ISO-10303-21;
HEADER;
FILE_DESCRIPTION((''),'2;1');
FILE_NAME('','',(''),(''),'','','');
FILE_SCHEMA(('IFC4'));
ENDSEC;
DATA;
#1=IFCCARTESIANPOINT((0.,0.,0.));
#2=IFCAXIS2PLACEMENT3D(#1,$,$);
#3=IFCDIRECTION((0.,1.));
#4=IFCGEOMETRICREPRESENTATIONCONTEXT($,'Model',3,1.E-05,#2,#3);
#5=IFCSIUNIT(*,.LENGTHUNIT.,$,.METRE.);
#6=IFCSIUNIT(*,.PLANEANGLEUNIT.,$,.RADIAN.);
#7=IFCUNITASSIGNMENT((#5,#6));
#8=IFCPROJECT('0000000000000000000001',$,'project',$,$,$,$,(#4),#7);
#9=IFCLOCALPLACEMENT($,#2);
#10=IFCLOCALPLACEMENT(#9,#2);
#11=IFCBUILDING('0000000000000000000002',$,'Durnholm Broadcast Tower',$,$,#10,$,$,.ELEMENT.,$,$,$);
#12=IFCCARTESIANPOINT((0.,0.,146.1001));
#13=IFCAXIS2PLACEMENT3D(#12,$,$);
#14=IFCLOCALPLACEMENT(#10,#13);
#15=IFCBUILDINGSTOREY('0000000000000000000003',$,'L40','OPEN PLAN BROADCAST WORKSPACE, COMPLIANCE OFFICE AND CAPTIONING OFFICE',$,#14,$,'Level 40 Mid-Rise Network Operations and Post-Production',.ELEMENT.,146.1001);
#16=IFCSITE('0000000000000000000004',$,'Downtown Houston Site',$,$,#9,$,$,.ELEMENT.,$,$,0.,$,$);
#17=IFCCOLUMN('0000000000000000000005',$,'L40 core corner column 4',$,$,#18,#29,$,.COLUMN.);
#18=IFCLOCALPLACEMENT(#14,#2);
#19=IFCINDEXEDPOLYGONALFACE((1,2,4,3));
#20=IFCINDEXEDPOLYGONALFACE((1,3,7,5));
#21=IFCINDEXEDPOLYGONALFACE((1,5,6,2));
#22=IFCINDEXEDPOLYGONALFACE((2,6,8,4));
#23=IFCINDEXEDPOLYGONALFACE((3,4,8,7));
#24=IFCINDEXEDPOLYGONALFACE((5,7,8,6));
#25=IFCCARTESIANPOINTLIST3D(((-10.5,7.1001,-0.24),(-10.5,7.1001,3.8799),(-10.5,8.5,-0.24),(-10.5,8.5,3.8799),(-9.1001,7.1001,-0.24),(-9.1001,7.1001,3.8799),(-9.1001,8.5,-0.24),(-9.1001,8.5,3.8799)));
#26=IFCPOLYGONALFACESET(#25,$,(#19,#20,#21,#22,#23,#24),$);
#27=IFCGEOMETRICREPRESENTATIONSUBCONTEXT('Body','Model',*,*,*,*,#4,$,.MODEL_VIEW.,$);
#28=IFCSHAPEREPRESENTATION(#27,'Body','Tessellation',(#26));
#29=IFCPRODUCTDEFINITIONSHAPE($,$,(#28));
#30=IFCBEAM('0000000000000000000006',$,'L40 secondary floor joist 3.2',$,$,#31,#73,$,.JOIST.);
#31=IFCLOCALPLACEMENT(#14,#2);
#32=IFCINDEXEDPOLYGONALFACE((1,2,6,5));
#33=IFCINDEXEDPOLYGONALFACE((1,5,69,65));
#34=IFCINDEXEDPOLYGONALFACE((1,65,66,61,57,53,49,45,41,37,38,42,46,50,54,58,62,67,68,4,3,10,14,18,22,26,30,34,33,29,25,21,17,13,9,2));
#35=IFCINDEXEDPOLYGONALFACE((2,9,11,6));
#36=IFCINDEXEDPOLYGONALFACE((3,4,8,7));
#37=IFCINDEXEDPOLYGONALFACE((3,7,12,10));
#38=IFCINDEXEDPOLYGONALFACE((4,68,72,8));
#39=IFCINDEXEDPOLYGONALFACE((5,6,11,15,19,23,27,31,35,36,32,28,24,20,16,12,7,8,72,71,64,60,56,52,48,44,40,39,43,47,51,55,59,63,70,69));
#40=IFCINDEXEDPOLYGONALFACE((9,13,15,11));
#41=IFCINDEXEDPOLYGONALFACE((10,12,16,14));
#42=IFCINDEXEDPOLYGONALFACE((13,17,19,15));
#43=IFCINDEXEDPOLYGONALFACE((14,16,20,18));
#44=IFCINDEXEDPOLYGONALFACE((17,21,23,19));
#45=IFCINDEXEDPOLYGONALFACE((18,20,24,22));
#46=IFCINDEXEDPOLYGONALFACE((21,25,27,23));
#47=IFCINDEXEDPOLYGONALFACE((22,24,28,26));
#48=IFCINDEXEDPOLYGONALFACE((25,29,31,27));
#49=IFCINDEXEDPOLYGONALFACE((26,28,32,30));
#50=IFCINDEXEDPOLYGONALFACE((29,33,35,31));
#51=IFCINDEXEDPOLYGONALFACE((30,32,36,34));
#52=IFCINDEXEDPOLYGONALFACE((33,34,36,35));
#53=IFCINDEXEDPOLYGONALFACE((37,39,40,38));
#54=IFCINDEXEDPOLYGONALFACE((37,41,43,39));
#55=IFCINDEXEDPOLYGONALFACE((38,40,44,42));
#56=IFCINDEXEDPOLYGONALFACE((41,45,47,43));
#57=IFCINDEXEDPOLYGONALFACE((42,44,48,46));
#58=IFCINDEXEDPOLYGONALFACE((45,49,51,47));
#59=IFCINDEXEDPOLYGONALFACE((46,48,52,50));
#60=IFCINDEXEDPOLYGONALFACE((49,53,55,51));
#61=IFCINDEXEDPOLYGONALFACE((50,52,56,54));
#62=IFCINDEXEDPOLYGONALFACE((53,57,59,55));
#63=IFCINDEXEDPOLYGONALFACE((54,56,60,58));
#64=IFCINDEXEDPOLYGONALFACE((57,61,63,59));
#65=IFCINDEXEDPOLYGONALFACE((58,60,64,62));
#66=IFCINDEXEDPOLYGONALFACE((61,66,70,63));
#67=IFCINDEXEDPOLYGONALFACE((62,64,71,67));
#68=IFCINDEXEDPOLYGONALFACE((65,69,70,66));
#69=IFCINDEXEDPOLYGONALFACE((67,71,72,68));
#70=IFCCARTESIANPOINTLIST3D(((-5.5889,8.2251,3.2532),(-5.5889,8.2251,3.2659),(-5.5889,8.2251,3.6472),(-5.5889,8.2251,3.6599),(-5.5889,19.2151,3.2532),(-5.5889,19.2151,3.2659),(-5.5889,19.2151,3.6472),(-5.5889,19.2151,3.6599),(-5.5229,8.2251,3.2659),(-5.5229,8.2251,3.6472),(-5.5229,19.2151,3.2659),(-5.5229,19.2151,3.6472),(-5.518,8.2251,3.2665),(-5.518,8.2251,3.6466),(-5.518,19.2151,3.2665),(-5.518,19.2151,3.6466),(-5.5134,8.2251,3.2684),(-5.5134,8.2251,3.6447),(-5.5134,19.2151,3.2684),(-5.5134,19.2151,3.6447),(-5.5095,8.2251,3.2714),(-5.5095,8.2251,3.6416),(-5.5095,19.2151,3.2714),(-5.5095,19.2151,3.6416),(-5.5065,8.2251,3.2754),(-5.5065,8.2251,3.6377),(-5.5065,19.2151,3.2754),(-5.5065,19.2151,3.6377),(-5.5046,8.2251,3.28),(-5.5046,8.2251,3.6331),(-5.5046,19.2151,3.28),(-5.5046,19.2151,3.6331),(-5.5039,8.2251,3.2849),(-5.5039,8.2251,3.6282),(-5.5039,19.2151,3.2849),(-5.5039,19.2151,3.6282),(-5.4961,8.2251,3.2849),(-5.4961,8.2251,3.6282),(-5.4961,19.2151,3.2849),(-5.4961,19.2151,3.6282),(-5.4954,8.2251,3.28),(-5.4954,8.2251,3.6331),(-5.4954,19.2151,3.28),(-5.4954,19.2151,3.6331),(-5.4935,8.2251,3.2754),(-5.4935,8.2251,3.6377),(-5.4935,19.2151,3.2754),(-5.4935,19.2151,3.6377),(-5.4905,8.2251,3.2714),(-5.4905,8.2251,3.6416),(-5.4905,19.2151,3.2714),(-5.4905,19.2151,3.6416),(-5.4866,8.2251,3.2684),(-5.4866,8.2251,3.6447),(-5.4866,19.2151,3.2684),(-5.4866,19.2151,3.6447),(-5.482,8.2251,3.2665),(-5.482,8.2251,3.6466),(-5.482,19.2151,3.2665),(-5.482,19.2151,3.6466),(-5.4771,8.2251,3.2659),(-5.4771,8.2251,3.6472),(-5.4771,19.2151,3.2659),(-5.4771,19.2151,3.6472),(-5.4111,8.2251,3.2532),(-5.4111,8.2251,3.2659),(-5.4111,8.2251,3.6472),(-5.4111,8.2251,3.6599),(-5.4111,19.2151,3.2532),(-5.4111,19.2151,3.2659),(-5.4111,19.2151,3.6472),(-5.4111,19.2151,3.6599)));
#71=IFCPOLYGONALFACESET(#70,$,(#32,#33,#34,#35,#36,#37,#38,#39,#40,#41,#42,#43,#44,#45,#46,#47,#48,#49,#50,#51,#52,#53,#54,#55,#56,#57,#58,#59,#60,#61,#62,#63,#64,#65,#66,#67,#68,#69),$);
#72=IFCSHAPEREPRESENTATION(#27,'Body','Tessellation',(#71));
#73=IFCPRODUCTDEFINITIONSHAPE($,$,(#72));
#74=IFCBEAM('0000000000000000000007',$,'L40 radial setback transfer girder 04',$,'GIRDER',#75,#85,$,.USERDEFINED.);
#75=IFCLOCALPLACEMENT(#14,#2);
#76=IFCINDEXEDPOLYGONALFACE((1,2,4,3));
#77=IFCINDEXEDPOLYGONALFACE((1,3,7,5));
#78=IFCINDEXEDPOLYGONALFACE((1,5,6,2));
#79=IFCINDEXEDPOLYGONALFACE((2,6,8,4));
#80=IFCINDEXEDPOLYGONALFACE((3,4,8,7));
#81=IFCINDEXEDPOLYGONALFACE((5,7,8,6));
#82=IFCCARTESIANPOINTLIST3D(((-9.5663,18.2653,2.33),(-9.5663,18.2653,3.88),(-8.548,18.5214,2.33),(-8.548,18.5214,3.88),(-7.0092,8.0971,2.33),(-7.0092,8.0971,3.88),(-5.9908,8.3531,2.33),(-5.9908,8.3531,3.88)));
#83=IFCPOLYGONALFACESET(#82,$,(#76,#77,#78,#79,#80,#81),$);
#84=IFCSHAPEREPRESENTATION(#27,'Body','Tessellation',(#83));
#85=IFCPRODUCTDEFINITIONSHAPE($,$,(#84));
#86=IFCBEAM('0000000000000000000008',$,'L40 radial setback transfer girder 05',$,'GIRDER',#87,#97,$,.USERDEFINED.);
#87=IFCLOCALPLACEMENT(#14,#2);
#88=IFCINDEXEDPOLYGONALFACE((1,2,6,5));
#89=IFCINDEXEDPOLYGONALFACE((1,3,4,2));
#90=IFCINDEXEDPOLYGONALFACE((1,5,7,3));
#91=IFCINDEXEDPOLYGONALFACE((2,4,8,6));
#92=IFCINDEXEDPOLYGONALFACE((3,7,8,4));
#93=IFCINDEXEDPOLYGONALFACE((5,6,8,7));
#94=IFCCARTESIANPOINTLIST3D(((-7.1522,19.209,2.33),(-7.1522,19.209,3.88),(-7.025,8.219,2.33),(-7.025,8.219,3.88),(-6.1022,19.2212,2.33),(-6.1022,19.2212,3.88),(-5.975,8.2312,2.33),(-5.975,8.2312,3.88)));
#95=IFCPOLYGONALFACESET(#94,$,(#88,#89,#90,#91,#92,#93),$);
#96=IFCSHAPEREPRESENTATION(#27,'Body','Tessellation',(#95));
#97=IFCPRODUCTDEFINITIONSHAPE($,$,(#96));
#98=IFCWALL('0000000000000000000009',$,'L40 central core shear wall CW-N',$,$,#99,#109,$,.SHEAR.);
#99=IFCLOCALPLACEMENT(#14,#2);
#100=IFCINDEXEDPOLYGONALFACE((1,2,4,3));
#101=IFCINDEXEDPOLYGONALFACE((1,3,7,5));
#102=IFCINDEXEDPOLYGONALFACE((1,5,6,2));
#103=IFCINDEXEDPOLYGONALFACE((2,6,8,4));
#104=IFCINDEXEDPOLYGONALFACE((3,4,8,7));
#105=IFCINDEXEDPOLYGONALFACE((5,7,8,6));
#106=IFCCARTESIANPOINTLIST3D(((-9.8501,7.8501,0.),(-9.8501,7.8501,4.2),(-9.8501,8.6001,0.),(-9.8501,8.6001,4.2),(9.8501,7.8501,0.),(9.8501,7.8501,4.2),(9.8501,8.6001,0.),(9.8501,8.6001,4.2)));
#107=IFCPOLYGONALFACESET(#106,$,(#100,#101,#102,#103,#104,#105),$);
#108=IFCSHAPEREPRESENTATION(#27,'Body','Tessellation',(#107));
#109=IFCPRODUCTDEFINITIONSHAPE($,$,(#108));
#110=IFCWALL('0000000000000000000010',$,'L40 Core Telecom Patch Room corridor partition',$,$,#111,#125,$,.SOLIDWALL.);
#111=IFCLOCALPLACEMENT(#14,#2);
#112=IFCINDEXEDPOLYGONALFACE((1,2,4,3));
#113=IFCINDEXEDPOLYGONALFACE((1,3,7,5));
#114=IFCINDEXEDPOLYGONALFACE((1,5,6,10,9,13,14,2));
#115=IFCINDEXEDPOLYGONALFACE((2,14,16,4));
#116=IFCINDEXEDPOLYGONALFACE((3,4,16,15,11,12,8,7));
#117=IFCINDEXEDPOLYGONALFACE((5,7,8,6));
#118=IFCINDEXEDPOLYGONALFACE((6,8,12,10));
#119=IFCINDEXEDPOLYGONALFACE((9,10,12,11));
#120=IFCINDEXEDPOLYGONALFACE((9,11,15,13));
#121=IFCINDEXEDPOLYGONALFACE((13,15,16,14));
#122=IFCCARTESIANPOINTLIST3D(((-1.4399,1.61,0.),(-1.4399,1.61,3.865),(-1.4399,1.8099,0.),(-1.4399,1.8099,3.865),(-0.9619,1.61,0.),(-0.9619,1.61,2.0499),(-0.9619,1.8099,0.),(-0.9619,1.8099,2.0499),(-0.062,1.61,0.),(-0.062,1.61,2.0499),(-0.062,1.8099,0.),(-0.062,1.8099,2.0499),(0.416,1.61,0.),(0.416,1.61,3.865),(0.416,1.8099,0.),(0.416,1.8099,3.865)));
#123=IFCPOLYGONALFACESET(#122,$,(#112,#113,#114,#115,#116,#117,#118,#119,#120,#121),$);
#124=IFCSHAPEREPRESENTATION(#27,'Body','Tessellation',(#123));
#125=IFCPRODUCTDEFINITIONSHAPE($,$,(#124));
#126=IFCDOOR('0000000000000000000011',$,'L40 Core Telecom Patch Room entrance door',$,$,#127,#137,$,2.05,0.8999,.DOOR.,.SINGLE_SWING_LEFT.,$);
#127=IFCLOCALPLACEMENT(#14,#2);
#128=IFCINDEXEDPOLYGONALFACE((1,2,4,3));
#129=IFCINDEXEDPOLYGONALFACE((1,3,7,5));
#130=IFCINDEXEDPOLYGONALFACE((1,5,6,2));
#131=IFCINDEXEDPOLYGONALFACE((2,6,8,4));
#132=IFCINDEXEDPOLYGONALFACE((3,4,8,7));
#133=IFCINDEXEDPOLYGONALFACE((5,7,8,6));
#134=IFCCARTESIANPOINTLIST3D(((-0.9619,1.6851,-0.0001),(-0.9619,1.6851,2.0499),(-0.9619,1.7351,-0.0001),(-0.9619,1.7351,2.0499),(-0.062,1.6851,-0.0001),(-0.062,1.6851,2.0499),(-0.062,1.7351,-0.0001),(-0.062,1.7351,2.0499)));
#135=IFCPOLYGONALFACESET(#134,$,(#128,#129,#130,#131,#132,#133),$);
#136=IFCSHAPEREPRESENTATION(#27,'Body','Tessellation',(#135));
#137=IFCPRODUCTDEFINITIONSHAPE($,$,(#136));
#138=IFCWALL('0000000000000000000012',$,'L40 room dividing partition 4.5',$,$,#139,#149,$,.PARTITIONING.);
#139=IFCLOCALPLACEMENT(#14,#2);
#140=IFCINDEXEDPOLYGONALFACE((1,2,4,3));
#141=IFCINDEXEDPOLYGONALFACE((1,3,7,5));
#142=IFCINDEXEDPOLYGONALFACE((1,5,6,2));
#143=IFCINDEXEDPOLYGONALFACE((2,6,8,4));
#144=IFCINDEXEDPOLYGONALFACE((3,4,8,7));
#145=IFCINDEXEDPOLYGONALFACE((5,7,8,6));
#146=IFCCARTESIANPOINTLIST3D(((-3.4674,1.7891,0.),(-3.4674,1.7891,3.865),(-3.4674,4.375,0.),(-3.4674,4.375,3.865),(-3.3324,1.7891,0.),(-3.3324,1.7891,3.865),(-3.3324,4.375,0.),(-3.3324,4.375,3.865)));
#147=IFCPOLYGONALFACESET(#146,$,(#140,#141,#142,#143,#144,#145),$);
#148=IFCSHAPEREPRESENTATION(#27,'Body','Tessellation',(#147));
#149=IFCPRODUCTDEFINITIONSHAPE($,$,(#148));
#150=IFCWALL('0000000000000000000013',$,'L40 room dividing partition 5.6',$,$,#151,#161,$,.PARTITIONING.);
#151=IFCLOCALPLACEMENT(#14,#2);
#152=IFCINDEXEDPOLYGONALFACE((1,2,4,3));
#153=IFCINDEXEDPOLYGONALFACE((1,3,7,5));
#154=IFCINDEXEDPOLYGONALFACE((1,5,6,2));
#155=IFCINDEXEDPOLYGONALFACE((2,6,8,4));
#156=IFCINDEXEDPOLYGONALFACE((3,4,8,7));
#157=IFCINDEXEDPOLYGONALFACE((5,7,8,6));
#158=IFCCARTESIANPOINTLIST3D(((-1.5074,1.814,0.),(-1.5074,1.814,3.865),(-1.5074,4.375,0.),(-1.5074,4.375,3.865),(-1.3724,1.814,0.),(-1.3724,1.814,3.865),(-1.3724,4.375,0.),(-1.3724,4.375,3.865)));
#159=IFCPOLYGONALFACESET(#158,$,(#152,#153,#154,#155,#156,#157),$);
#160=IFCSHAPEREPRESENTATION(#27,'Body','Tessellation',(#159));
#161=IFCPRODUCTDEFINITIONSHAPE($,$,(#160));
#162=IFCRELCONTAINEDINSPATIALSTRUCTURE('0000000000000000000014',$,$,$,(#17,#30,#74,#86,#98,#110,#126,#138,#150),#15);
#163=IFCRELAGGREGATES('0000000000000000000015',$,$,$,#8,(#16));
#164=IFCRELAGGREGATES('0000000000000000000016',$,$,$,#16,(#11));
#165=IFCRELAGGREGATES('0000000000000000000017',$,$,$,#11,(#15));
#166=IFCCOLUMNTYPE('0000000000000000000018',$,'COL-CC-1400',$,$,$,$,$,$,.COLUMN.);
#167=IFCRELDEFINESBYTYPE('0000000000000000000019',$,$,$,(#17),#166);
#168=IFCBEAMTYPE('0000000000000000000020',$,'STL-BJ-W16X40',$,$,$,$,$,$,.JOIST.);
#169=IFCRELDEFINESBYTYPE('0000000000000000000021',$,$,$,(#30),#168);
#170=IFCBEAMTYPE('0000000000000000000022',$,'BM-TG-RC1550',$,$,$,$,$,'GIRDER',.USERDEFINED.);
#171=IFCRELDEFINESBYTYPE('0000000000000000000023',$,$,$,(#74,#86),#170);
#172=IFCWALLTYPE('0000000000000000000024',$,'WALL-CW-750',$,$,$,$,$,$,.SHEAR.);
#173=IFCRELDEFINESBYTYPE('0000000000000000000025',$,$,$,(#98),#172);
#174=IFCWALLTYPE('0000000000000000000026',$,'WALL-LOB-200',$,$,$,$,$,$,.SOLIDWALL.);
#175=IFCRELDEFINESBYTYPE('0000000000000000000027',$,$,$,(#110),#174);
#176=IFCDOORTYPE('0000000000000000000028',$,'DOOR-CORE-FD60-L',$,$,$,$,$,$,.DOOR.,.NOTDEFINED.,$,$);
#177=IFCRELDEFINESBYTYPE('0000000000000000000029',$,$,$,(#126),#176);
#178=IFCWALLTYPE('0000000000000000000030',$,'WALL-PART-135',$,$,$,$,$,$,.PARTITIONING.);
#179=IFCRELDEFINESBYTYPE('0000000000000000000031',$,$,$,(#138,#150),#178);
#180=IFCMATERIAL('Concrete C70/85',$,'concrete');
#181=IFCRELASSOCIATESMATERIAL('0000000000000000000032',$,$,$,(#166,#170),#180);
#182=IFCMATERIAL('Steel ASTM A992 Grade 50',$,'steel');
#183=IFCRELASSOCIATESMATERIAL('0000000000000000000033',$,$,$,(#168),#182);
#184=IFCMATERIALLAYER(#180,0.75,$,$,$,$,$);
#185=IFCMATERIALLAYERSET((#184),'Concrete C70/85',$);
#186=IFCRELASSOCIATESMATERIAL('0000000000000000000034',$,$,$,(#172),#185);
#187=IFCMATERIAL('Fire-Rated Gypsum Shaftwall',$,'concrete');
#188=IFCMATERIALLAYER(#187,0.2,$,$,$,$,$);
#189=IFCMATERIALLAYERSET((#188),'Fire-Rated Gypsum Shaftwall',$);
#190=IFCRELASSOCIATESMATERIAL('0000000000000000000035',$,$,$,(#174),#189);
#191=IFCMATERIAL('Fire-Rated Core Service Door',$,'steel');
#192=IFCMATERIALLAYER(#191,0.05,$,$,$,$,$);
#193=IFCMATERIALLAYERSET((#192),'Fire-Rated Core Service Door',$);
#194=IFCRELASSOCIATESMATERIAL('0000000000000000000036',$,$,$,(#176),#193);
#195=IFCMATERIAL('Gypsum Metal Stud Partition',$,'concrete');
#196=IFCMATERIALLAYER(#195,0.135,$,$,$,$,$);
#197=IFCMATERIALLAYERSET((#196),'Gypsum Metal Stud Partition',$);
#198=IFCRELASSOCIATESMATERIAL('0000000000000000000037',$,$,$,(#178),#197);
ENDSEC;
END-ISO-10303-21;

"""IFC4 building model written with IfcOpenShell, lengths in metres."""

from ifc_helpers import new_model, si_unit, direction, frame, frame_2d, origin, origin_2d, place, context, subcontext, project, spatial, rectangle, i_section, extrude, source, transform, mapped, material, layer, layer_set, material_profile, profile_set, type_object, type_shapes, element, fill, save


model = new_model("IFC4")

# Units and contexts
model_context = context("Model", 3, precision=1e-05, world=origin(), true_north=direction((0.0, 1.0)))
body_context = subcontext(model_context, "Body", "Model", "MODEL_VIEW")
ifc_project = project(units=[si_unit("LENGTHUNIT", "METRE"), si_unit("PLANEANGLEUNIT", "RADIAN")], contexts=[model_context])

# Site, building, storey
site_placement = place(None, origin())
site = spatial("IfcSite", under=ifc_project, at=site_placement, Name="Downtown Houston Site", CompositionType="ELEMENT", RefElevation=0.0)
building_placement = place(site_placement, origin())
building = spatial("IfcBuilding", under=site, at=building_placement, Name="Durnholm Broadcast Tower", CompositionType="ELEMENT")
storey_placement = place(building_placement, frame((0.0, 0.0, 146.1001)))
storey = spatial("IfcBuildingStorey", under=building, at=storey_placement, Name="L40", Description="OPEN PLAN BROADCAST WORKSPACE, COMPLIANCE OFFICE AND CAPTIONING OFFICE", LongName="Level 40 Mid-Rise Network Operations and Post-Production", CompositionType="ELEMENT", Elevation=146.1001)

# Column
ifc_material_1 = material(Name="Concrete C70/85", Category="concrete")
ifc_material_profile_1 = material_profile(ifc_material_1, rectangle(XDim=1.3999, YDim=1.3999, at=origin_2d()), Name="RC1400X1400")
ifc_profile_set_1 = profile_set([ifc_material_profile_1], Name="Concrete C70/85")
column_type = type_object("IfcColumnType", Name="COL-CC-1400", PredefinedType="COLUMN", material=ifc_profile_set_1)
shared_shape_1 = source(origin(), body_context, "Body", "SweptSolid", [
    extrude(rectangle(XDim=1.3999, YDim=1.3999, at=origin_2d()), origin(), (0.0, 0.0, 1.0), 4.1199),
])
type_shapes(column_type, [shared_shape_1])
column_placement = place(storey_placement, frame((-9.8, 7.8, -0.24), z_axis=(0.0, 0.0, 1.0), x_axis=(1.0, 0.0, 0.0)))
element("IfcColumn", 1, at=column_placement, inside=storey, type_object=column_type, Name="L40 core corner column 4", PredefinedType="COLUMN", context=body_context, shape_type="MappedRepresentation", body=[
    mapped(shared_shape_1, transform((0.0, 0.0, 0.0), x_axis=(1.0, 0.0, 0.0), y_axis=(0.0, 1.0, 0.0), z_axis=(0.0, 0.0, 1.0), scale=1.0)),
])

# Beams
ifc_material_2 = material(Name="Steel ASTM A992 Grade 50", Category="steel")
ifc_material_profile_2 = material_profile(ifc_material_2, i_section(OverallWidth=0.1777, OverallDepth=0.4067, WebThickness=0.0078, FlangeThickness=0.0127, FilletRadius=0.019, at=origin_2d()), Name="W16X40")
ifc_profile_set_2 = profile_set([ifc_material_profile_2], Name="Steel ASTM A992 Grade 50")
beam_type_1 = type_object("IfcBeamType", Name="STL-BJ-W16X40", PredefinedType="JOIST", material=ifc_profile_set_2)
shared_shape_2 = source(origin(), body_context, "Body", "SweptSolid", [
    extrude(i_section(OverallWidth=0.1777, OverallDepth=0.4067, WebThickness=0.0078, FlangeThickness=0.0127, FilletRadius=0.019, at=origin_2d()), origin(), (0.0, 0.0, 1.0), 10.99),
])
type_shapes(beam_type_1, [shared_shape_2])
beam_1_placement = place(storey_placement, frame((-5.5, 8.2251, 3.4565), z_axis=(0.0, 1.0, 0.0), x_axis=(-1.0, 0.0, 0.0)))
element("IfcBeam", 2, at=beam_1_placement, inside=storey, type_object=beam_type_1, Name="L40 secondary floor joist 3.2", PredefinedType="JOIST", context=body_context, shape_type="MappedRepresentation", body=[
    mapped(shared_shape_2, transform((0.0, 0.0, 0.0), x_axis=(1.0, 0.0, 0.0), y_axis=(0.0, 1.0, 0.0), z_axis=(0.0, 0.0, 1.0), scale=1.0)),
])
ifc_material_profile_3 = material_profile(ifc_material_1, rectangle(XDim=1.05, YDim=1.55, at=origin_2d()), Name="RC1050X1550")
ifc_profile_set_3 = profile_set([ifc_material_profile_3], Name="Concrete C70/85")
beam_type_2 = type_object("IfcBeamType", Name="BM-TG-RC1550", ElementType="GIRDER", PredefinedType="USERDEFINED", material=ifc_profile_set_3)
shared_shape_3 = source(origin(), body_context, "Body", "SweptSolid", [
    extrude(rectangle(XDim=1.05, YDim=1.55, at=origin_2d()), origin(), (0.0, 0.0, 1.0), 10.4849),
])
beam_2_placement = place(storey_placement, frame((-6.5, 8.2251, 3.105), z_axis=(-0.243889, 0.969803, 0.0), x_axis=(-0.969803, -0.243889, 0.0)))
element("IfcBeam", 3, at=beam_2_placement, inside=storey, type_object=beam_type_2, Name="L40 radial setback transfer girder 04", ObjectType="GIRDER", PredefinedType="USERDEFINED", context=body_context, shape_type="MappedRepresentation", body=[
    mapped(shared_shape_3, transform((0.0, 0.0, 0.0), x_axis=(1.0, 0.0, 0.0), y_axis=(0.0, 1.0, 0.0), z_axis=(0.0, 0.0, 1.0), scale=1.0)),
])
shared_shape_4 = source(origin(), body_context, "Body", "SweptSolid", [
    extrude(rectangle(XDim=1.05, YDim=1.55, at=origin_2d()), origin(), (0.0, 0.0, 1.0), 10.9907),
])
type_shapes(beam_type_2, [shared_shape_3, shared_shape_4])
beam_3_placement = place(storey_placement, frame((-6.5, 8.2251, 3.105), z_axis=(-0.011573, 0.999933, 0.0), x_axis=(-0.999933, -0.011573, 0.0)))
element("IfcBeam", 4, at=beam_3_placement, inside=storey, type_object=beam_type_2, Name="L40 radial setback transfer girder 05", ObjectType="GIRDER", PredefinedType="USERDEFINED", context=body_context, shape_type="MappedRepresentation", body=[
    mapped(shared_shape_4, transform((0.0, 0.0, 0.0), x_axis=(1.0, 0.0, 0.0), y_axis=(0.0, 1.0, 0.0), z_axis=(0.0, 0.0, 1.0), scale=1.0)),
])

# Wall
ifc_layer_1 = layer(ifc_material_1, 0.75)
ifc_layer_set_1 = layer_set([ifc_layer_1], Name="Concrete C70/85")
wall_type_1 = type_object("IfcWallType", Name="WALL-CW-750", PredefinedType="SHEAR", material=ifc_layer_set_1)
wall_1_placement = place(storey_placement, frame((-9.8501, 8.2251, 0.0), z_axis=(0.0, 0.0, 1.0), x_axis=(1.0, 0.0, 0.0)))
element("IfcWall", 5, at=wall_1_placement, inside=storey, type_object=wall_type_1, Name="L40 central core shear wall CW-N", PredefinedType="SHEAR", context=body_context, shape_type="SweptSolid", body=[
    extrude(rectangle(XDim=19.7002, YDim=0.75, at=frame_2d((9.8501, 0.0))), origin(), (0.0, 0.0, 1.0), 4.2),
])

# Wall, opening, door
ifc_material_3 = material(Name="Fire-Rated Gypsum Shaftwall", Category="concrete")
ifc_layer_2 = layer(ifc_material_3, 0.2)
ifc_layer_set_2 = layer_set([ifc_layer_2], Name="Fire-Rated Gypsum Shaftwall")
wall_type_2 = type_object("IfcWallType", Name="WALL-LOB-200", PredefinedType="SOLIDWALL", material=ifc_layer_set_2)
wall_2_placement = place(storey_placement, frame((0.416, 1.71, 0.0), z_axis=(0.0, 0.0, 1.0), x_axis=(-1.0, 0.0, 0.0)))
wall_2 = element("IfcWall", 6, at=wall_2_placement, inside=storey, type_object=wall_type_2, Name="L40 Core Telecom Patch Room corridor partition", PredefinedType="SOLIDWALL", context=body_context, shape_type="SweptSolid", body=[
    extrude(rectangle(XDim=1.856, YDim=0.2, at=frame_2d((0.928, 0.0))), origin(), (0.0, 0.0, 1.0), 3.865),
])
opening_1_placement = place(wall_2_placement, frame((0.478, 0.0, 0.0)))
opening_1 = element("IfcOpeningElement", 7, at=opening_1_placement, cuts=wall_2, PredefinedType="OPENING", context=body_context, shape_type="SweptSolid", body=[
    extrude(rectangle(XDim=0.8999, YDim=2.05, at=frame_2d((0.45, 1.0249))), frame((0.0, 0.1099, 0.0), z_axis=(0.0, -1.0, 0.0), x_axis=(1.0, 0.0, 0.0)), (0.0, 0.0, 1.0), 0.22),
])
ifc_material_4 = material(Name="Fire-Rated Core Service Door", Category="steel")
ifc_layer_3 = layer(ifc_material_4, 0.05)
ifc_layer_set_3 = layer_set([ifc_layer_3], Name="Fire-Rated Core Service Door")
door_type_1 = type_object("IfcDoorType", Name="DOOR-CORE-FD60-L", OperationType="NOTDEFINED", PredefinedType="DOOR", material=ifc_layer_set_3)
shared_shape_5 = source(origin(), body_context, "Body", "SweptSolid", [
    extrude(rectangle(XDim=0.8999, YDim=2.05, at=frame_2d((0.45, 1.0249))), frame((0.0, 0.0249, 0.0), z_axis=(0.0, -1.0, 0.0), x_axis=(1.0, 0.0, 0.0)), (0.0, 0.0, 1.0), 0.05),
])
type_shapes(door_type_1, [shared_shape_5])
door_1_placement = place(opening_1_placement, origin())
door_1 = element("IfcDoor", 8, at=door_1_placement, inside=storey, type_object=door_type_1, Name="L40 Core Telecom Patch Room entrance door", OperationType="SINGLE_SWING_LEFT", OverallHeight=2.05, OverallWidth=0.8999, PredefinedType="DOOR", context=body_context, shape_type="MappedRepresentation", body=[
    mapped(shared_shape_5, transform((0.0, 0.0, 0.0), x_axis=(1.0, 0.0, 0.0), y_axis=(0.0, 1.0, 0.0), z_axis=(0.0, 0.0, 1.0), scale=1.0)),
])
fill(opening_1, door_1)

# Walls
ifc_material_5 = material(Name="Gypsum Metal Stud Partition", Category="concrete")
ifc_layer_4 = layer(ifc_material_5, 0.135)
ifc_layer_set_4 = layer_set([ifc_layer_4], Name="Gypsum Metal Stud Partition")
wall_type_3 = type_object("IfcWallType", Name="WALL-PART-135", PredefinedType="PARTITIONING", material=ifc_layer_set_4)
wall_3_placement = place(storey_placement, frame((-3.3999, 4.375, 0.0), z_axis=(0.0, 0.0, 1.0), x_axis=(0.0, -1.0, 0.0)))
element("IfcWall", 9, at=wall_3_placement, inside=storey, type_object=wall_type_3, Name="L40 room dividing partition 4.5", PredefinedType="PARTITIONING", context=body_context, shape_type="SweptSolid", body=[
    extrude(rectangle(XDim=2.5859, YDim=0.135, at=frame_2d((1.293, 0.0))), origin(), (0.0, 0.0, 1.0), 3.865),
])
wall_4_placement = place(storey_placement, frame((-1.4399, 4.375, 0.0), z_axis=(0.0, 0.0, 1.0), x_axis=(0.0, -1.0, 0.0)))
element("IfcWall", 10, at=wall_4_placement, inside=storey, type_object=wall_type_3, Name="L40 room dividing partition 5.6", PredefinedType="PARTITIONING", context=body_context, shape_type="SweptSolid", body=[
    extrude(rectangle(XDim=2.561, YDim=0.135, at=frame_2d((1.2805, 0.0))), origin(), (0.0, 0.0, 1.0), 3.865),
])

save(model, "model.ifc")
